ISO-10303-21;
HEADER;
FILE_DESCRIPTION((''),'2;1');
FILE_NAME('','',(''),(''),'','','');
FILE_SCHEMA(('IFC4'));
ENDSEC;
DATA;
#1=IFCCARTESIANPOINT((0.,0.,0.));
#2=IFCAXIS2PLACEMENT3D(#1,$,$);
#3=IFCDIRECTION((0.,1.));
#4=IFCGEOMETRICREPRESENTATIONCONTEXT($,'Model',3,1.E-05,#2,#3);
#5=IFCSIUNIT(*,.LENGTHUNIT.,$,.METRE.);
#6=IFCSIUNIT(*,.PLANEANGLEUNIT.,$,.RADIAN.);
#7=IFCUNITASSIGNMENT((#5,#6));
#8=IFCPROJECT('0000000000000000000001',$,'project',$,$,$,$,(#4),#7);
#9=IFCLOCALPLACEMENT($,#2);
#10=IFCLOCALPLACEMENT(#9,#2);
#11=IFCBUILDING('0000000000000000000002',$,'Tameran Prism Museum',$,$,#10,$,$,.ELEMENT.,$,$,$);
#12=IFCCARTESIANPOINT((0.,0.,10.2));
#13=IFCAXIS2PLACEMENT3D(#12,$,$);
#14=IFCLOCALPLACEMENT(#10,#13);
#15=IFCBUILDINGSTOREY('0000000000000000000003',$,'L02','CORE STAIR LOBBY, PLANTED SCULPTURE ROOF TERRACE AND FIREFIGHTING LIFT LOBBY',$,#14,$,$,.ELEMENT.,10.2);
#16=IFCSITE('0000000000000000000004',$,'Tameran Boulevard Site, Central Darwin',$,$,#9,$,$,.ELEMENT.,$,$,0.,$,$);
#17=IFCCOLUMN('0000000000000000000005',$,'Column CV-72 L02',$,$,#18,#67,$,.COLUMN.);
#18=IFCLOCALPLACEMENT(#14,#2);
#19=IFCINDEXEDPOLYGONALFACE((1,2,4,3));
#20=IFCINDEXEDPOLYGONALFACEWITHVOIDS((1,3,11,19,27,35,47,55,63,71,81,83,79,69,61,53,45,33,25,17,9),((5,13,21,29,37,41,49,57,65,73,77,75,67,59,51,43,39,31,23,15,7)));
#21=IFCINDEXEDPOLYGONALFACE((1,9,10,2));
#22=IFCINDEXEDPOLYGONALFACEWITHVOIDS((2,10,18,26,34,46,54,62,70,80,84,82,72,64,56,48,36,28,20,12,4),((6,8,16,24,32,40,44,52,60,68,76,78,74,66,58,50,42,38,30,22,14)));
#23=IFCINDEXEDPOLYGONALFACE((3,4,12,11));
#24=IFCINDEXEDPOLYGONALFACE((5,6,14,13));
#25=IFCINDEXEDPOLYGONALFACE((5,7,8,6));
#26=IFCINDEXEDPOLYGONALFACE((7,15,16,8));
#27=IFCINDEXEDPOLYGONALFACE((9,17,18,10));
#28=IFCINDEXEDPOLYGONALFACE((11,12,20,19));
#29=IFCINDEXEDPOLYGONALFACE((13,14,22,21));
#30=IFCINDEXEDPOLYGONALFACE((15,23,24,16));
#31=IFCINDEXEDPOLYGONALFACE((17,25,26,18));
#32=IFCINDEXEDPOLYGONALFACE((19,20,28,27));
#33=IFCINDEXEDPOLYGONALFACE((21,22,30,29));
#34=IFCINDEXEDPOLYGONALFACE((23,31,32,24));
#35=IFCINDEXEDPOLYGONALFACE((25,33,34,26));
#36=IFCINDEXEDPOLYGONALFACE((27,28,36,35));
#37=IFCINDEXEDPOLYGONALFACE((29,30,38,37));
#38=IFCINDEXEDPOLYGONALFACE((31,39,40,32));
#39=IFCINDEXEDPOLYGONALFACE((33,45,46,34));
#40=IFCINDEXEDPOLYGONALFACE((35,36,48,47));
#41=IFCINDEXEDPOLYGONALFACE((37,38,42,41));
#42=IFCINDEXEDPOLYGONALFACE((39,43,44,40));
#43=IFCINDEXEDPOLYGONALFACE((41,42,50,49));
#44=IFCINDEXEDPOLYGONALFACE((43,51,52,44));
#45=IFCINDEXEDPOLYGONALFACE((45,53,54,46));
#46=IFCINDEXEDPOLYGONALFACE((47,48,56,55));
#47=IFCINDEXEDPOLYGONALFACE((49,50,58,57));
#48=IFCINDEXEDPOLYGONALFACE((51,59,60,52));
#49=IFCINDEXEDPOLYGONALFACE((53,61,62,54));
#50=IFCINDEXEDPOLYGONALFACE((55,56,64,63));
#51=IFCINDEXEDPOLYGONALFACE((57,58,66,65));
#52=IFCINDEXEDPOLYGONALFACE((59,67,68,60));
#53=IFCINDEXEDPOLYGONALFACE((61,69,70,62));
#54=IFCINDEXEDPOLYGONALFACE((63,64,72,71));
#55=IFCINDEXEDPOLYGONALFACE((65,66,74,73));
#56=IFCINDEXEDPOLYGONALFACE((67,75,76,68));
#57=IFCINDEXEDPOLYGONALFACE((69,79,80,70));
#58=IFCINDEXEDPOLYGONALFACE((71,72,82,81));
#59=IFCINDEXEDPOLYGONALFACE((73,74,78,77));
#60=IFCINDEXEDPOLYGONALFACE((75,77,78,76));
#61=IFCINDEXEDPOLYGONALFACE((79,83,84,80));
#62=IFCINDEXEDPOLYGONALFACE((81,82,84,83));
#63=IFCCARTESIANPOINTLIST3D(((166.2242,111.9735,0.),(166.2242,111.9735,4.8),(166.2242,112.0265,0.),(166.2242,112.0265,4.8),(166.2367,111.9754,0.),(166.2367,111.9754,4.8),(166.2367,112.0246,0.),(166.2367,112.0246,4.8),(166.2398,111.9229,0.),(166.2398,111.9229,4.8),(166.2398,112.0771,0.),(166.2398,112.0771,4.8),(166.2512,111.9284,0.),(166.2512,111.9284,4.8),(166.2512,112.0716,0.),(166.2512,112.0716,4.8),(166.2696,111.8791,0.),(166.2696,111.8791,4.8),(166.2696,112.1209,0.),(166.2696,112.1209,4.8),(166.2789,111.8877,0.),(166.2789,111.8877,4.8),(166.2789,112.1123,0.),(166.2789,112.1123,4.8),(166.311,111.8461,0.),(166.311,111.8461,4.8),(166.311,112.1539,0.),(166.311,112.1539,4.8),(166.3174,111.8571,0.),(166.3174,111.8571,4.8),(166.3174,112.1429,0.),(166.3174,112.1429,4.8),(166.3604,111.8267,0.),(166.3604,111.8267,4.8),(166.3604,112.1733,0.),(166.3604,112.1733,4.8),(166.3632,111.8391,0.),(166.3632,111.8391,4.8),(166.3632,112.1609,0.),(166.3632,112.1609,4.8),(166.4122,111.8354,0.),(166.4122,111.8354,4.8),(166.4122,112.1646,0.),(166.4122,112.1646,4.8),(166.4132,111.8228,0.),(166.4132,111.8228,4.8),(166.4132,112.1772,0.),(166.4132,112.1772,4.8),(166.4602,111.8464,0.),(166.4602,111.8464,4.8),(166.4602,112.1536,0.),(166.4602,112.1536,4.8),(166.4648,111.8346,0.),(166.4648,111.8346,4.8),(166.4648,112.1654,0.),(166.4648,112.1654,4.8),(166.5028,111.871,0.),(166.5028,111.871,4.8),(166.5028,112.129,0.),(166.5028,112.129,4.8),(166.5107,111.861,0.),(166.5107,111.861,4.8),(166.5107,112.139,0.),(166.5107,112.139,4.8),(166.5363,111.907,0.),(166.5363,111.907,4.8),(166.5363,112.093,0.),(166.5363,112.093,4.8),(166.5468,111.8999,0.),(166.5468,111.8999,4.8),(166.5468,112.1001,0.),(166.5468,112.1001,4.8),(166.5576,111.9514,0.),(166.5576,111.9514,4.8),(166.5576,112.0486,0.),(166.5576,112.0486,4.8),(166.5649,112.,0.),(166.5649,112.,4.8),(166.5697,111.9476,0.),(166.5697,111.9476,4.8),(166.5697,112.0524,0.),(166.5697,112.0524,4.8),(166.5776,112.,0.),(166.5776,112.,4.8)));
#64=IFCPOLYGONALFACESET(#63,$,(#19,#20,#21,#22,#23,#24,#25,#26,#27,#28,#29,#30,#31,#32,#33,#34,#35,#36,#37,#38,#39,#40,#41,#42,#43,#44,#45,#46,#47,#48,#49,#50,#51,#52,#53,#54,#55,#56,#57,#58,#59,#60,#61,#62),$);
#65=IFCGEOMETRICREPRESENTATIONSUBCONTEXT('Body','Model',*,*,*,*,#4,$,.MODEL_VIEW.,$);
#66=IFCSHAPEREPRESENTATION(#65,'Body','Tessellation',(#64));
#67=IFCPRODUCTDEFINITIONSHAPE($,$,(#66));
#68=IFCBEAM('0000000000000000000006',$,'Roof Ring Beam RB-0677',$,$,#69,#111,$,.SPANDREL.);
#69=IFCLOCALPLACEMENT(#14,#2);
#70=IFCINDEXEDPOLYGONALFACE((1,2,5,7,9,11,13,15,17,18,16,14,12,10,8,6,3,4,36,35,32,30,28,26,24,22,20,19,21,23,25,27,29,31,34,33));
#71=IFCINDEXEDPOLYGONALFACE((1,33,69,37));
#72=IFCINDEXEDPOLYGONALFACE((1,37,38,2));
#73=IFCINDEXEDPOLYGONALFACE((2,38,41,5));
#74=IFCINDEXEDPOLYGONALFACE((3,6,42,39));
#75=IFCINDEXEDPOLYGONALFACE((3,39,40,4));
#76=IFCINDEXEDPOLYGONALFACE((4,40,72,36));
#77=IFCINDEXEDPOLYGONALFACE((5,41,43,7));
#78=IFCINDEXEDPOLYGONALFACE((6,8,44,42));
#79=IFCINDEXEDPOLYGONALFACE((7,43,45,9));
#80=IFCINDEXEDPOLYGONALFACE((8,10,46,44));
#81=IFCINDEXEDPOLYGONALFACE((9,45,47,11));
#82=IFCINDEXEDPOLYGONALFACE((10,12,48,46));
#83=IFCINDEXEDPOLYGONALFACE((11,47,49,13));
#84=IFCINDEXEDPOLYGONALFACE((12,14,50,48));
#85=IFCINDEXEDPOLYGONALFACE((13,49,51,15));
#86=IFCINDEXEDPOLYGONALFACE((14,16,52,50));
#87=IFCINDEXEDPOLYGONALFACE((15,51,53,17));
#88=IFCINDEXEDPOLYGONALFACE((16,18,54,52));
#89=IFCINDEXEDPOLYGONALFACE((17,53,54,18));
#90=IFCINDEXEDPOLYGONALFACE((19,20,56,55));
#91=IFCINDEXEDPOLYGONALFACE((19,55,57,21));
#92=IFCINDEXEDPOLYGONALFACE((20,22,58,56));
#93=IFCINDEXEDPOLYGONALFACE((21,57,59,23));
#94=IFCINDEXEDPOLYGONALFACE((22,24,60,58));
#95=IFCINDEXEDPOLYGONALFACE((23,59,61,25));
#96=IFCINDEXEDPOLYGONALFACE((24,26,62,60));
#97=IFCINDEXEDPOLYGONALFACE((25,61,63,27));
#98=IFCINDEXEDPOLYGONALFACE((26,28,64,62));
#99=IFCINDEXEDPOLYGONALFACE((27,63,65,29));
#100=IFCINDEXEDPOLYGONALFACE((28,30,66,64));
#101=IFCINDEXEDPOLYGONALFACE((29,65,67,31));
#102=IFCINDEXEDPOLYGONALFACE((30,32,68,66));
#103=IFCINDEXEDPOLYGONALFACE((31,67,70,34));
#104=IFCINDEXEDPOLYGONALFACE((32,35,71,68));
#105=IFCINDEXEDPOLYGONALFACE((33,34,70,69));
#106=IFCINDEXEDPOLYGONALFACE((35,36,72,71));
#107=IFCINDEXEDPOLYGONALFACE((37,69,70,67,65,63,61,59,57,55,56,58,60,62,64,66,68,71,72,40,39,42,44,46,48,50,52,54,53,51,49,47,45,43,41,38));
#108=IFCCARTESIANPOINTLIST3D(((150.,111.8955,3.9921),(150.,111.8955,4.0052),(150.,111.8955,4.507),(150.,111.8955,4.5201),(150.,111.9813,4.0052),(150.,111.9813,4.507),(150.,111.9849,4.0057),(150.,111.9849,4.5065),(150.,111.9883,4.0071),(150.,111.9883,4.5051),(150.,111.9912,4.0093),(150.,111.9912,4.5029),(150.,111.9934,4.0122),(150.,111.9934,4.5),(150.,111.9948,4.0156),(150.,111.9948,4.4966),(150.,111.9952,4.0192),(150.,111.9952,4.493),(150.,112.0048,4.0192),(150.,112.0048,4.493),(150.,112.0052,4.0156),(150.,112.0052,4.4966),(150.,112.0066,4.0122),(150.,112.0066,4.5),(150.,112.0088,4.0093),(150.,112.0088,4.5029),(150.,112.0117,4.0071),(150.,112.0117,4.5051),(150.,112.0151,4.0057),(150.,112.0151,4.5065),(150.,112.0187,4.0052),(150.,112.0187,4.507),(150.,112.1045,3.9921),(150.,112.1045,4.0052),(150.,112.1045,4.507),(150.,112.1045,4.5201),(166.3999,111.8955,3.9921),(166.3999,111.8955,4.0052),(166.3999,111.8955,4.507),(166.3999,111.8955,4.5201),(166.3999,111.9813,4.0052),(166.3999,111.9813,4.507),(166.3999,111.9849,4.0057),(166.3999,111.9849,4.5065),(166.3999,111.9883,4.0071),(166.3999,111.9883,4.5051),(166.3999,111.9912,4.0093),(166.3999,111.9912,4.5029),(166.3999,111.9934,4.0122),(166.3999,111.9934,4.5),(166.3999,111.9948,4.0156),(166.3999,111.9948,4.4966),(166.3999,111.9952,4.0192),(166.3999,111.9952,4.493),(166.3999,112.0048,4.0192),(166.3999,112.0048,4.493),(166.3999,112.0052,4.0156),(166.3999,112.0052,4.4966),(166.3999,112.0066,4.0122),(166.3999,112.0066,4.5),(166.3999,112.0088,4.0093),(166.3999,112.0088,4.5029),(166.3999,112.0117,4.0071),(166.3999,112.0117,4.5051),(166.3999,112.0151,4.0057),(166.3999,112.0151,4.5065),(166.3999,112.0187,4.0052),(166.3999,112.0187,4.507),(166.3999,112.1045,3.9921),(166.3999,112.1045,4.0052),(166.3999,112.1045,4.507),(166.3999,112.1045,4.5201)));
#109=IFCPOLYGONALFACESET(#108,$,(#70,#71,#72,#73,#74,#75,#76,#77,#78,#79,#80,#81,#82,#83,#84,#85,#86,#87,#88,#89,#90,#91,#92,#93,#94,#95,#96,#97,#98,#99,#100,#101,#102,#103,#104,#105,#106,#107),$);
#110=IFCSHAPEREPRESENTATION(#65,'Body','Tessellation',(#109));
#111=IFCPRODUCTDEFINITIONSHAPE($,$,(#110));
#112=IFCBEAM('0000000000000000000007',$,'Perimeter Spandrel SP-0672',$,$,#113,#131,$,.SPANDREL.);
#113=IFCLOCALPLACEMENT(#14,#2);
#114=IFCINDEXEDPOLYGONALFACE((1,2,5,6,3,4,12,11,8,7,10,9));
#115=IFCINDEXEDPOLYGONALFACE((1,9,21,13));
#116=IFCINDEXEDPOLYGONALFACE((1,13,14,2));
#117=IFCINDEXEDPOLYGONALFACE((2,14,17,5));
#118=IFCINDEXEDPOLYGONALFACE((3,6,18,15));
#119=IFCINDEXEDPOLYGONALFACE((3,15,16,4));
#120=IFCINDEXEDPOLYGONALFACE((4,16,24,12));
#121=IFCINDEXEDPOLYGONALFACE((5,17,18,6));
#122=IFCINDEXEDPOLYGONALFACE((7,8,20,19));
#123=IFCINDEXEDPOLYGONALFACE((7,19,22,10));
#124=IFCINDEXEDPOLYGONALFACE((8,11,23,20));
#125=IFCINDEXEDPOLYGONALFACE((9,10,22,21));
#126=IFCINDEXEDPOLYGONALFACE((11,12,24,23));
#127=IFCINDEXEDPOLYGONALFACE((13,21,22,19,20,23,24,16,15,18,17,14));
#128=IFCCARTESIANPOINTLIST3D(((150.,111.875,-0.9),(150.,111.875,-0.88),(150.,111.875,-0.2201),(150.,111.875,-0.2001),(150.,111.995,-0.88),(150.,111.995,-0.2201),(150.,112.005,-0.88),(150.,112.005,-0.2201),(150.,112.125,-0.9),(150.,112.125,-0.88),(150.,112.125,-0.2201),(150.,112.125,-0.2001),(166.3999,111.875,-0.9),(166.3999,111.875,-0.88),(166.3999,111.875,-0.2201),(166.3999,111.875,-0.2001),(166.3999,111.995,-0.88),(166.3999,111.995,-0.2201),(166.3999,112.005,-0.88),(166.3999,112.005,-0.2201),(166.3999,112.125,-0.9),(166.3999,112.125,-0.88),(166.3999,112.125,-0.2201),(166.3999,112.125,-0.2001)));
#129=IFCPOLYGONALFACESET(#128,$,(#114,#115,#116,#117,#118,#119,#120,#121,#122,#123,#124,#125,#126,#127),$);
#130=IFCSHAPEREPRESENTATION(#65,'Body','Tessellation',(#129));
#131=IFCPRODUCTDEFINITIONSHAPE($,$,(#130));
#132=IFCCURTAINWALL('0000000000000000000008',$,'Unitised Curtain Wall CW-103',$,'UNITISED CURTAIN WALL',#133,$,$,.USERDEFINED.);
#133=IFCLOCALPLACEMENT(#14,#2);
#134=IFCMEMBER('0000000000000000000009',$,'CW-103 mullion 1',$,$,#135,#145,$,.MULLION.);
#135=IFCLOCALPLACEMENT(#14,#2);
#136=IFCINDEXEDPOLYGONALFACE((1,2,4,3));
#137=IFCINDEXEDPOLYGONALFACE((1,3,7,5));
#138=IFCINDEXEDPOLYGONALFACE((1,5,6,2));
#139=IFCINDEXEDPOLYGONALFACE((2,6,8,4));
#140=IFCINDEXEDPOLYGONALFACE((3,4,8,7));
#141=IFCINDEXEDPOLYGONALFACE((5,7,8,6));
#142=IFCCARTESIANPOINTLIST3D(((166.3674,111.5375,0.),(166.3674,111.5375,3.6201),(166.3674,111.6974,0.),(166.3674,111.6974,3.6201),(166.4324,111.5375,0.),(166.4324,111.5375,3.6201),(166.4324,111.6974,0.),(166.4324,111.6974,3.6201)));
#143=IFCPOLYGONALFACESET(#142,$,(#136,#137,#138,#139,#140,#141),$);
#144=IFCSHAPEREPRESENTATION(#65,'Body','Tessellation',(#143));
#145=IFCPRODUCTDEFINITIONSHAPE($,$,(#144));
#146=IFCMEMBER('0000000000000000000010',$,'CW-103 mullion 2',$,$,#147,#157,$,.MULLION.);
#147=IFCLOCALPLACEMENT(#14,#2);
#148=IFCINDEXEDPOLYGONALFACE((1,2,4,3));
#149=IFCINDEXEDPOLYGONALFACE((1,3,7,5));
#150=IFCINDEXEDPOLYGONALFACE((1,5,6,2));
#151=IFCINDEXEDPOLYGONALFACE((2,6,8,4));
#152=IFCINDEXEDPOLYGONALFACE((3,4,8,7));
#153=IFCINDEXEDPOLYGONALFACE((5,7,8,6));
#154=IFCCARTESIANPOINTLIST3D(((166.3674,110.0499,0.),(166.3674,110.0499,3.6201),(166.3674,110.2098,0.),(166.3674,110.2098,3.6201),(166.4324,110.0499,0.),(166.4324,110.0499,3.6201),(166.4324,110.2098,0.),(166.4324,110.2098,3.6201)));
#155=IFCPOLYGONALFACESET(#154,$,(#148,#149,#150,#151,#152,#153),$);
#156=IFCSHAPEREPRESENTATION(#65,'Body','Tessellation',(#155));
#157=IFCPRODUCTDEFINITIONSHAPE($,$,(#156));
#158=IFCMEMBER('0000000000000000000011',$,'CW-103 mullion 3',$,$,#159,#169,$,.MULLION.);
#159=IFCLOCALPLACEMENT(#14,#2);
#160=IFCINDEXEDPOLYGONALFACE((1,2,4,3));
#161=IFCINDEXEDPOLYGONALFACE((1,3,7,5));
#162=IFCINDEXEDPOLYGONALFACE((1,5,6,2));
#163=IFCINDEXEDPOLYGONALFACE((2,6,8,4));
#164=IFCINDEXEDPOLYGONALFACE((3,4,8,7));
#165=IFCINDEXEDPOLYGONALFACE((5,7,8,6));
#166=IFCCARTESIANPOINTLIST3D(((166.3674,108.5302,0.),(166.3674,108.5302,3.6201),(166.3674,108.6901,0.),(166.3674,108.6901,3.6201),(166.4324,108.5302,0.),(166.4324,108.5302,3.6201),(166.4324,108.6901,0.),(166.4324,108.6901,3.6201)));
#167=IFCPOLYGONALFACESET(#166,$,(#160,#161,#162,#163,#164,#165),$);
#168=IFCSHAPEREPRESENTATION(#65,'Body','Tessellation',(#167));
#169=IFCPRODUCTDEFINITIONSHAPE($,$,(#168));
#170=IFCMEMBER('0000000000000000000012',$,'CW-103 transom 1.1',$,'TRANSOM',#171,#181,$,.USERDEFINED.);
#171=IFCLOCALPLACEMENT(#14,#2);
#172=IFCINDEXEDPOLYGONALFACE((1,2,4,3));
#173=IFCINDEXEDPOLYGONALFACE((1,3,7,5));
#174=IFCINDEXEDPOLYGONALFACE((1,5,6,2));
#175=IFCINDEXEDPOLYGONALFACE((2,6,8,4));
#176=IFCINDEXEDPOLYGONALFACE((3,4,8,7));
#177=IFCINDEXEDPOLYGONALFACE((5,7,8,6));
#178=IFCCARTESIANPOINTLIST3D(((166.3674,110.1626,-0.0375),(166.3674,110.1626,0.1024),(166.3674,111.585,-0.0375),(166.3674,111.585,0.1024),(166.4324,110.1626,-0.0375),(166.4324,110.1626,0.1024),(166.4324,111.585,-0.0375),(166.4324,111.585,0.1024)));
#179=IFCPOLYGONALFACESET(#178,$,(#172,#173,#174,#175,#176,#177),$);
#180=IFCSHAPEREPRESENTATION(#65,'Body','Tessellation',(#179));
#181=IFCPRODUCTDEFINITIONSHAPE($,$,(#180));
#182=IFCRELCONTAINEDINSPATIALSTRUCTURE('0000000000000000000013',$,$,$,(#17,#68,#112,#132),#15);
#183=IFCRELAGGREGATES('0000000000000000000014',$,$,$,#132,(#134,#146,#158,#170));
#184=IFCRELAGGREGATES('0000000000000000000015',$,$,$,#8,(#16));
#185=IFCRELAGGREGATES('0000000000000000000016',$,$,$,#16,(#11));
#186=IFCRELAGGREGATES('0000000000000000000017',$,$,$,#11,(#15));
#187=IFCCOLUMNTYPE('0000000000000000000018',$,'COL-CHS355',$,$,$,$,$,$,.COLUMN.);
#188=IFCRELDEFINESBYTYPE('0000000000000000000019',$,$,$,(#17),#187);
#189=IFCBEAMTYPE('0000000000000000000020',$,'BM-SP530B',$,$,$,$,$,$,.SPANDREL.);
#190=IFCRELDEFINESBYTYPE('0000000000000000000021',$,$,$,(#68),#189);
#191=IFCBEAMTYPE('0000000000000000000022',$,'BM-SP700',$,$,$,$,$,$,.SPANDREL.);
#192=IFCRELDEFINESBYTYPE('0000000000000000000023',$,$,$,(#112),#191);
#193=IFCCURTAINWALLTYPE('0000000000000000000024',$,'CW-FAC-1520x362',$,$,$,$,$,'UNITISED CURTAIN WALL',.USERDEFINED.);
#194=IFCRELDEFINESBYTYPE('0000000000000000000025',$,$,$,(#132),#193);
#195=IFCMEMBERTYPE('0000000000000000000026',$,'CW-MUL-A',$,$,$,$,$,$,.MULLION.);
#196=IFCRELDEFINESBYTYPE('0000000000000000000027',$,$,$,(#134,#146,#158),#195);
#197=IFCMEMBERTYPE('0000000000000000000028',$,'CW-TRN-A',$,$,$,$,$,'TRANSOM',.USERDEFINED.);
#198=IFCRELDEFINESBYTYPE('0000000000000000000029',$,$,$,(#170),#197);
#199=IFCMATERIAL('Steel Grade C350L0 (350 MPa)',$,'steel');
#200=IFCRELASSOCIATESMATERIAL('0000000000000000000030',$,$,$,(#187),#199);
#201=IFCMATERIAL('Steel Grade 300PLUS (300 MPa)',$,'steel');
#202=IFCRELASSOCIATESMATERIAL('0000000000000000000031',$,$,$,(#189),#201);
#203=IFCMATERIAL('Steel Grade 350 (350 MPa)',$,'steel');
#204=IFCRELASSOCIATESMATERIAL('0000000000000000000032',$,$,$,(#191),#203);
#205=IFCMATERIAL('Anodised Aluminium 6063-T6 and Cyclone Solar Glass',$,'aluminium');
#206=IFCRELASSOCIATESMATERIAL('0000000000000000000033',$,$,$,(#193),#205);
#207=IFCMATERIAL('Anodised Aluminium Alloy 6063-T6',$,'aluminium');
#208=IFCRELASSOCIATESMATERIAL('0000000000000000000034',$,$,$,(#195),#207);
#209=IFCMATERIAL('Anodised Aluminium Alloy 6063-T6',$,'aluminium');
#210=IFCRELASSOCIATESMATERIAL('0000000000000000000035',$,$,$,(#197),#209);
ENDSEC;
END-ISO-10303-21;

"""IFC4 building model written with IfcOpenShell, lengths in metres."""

from ifc_helpers import new_model, si_unit, direction, frame, origin, origin_2d, place, context, subcontext, project, spatial, rectangle, hollow_circle, i_section, extrude, material, material_profile, profile_set, type_object, element, aggregate, save


model = new_model("IFC4")

# Units and contexts
model_context = context("Model", 3, precision=1e-05, world=origin(), true_north=direction((0.0, 1.0)))
body_context = subcontext(model_context, "Body", "Model", "MODEL_VIEW")
ifc_project = project(units=[si_unit("LENGTHUNIT", "METRE"), si_unit("PLANEANGLEUNIT", "RADIAN")], contexts=[model_context])

# Site, building, storey
site_placement = place(None, origin())
site = spatial("IfcSite", under=ifc_project, at=site_placement, Name="Tameran Boulevard Site, Central Darwin", CompositionType="ELEMENT", RefElevation=0.0)
building_placement = place(site_placement, origin())
building = spatial("IfcBuilding", under=site, at=building_placement, Name="Tameran Prism Museum", CompositionType="ELEMENT")
storey_placement = place(building_placement, frame((0.0, 0.0, 10.2)))
storey = spatial("IfcBuildingStorey", under=building, at=storey_placement, Name="L02", Description="CORE STAIR LOBBY, PLANTED SCULPTURE ROOF TERRACE AND FIREFIGHTING LIFT LOBBY", CompositionType="ELEMENT", Elevation=10.2)

# Column
ifc_material_1 = material(Name="Steel Grade C350L0 (350 MPa)", Category="steel")
ifc_material_profile_1 = material_profile(ifc_material_1, hollow_circle(Radius=0.1777, WallThickness=0.0127, at=origin_2d()))
ifc_profile_set_1 = profile_set([ifc_material_profile_1])
column_type = type_object("IfcColumnType", Name="COL-CHS355", PredefinedType="COLUMN", material=ifc_profile_set_1)
column_placement = place(storey_placement, frame((166.3999, 112.0, 0.0), z_axis=(0.0, 0.0, 1.0), x_axis=(1.0, 0.0, 0.0)))
element("IfcColumn", 1, at=column_placement, inside=storey, type_object=column_type, Name="Column CV-72 L02", PredefinedType="COLUMN", context=body_context, shape_type="SweptSolid", body=[
    extrude(hollow_circle(Radius=0.1777, WallThickness=0.0127, at=origin_2d()), origin(), (0.0, 0.0, 1.0), 4.8),
])

# Beams
ifc_material_2 = material(Name="Steel Grade 300PLUS (300 MPa)", Category="steel")
ifc_material_profile_2 = material_profile(ifc_material_2, i_section(OverallWidth=0.209, OverallDepth=0.5281, WebThickness=0.0095, FlangeThickness=0.0132, FilletRadius=0.0139, at=origin_2d()))
ifc_profile_set_2 = profile_set([ifc_material_profile_2])
beam_type_1 = type_object("IfcBeamType", Name="BM-SP530B", PredefinedType="SPANDREL", material=ifc_profile_set_2)
beam_1_placement = place(storey_placement, frame((166.3999, 112.0, 4.2561), z_axis=(-1.0, 0.0, 0.0), x_axis=(0.0, -1.0, 0.0)))
element("IfcBeam", 2, at=beam_1_placement, inside=storey, type_object=beam_type_1, Name="Roof Ring Beam RB-0677", PredefinedType="SPANDREL", context=body_context, shape_type="SweptSolid", body=[
    extrude(i_section(OverallWidth=0.209, OverallDepth=0.5281, WebThickness=0.0095, FlangeThickness=0.0132, FilletRadius=0.0139, at=origin_2d()), origin(), (0.0, 0.0, 1.0), 16.3999),
])
ifc_material_3 = material(Name="Steel Grade 350 (350 MPa)", Category="steel")
ifc_material_profile_3 = material_profile(ifc_material_3, i_section(OverallWidth=0.25, OverallDepth=0.7, WebThickness=0.01, FlangeThickness=0.02, at=origin_2d()))
ifc_profile_set_3 = profile_set([ifc_material_profile_3])
beam_type_2 = type_object("IfcBeamType", Name="BM-SP700", PredefinedType="SPANDREL", material=ifc_profile_set_3)
beam_2_placement = place(storey_placement, frame((166.3999, 112.0, -0.55), z_axis=(-1.0, 0.0, 0.0), x_axis=(0.0, -1.0, 0.0)))
element("IfcBeam", 3, at=beam_2_placement, inside=storey, type_object=beam_type_2, Name="Perimeter Spandrel SP-0672", PredefinedType="SPANDREL", context=body_context, shape_type="SweptSolid", body=[
    extrude(i_section(OverallWidth=0.25, OverallDepth=0.7, WebThickness=0.01, FlangeThickness=0.02, at=origin_2d()), origin(), (0.0, 0.0, 1.0), 16.3999),
])

# Curtain wall, members
ifc_material_4 = material(Name="Anodised Aluminium 6063-T6 and Cyclone Solar Glass", Category="aluminium")
curtain_wall_type = type_object("IfcCurtainWallType", Name="CW-FAC-1520x362", ElementType="UNITISED CURTAIN WALL", PredefinedType="USERDEFINED", material=ifc_material_4)
curtain_wall_placement = place(storey_placement, origin())
curtain_wall = element("IfcCurtainWall", 4, at=curtain_wall_placement, inside=storey, type_object=curtain_wall_type, Name="Unitised Curtain Wall CW-103", ObjectType="UNITISED CURTAIN WALL", PredefinedType="USERDEFINED")
ifc_material_5 = material(Name="Anodised Aluminium Alloy 6063-T6", Category="aluminium")
ifc_material_profile_4 = material_profile(ifc_material_5, rectangle(XDim=0.0649, YDim=0.1599, at=origin_2d()))
ifc_profile_set_4 = profile_set([ifc_material_profile_4])
member_type_1 = type_object("IfcMemberType", Name="CW-MUL-A", PredefinedType="MULLION", material=ifc_profile_set_4)
member_1_placement = place(storey_placement, frame((166.3999, 111.6174, 0.0), z_axis=(0.0, 0.0, 1.0), x_axis=(1.0, 0.0, 0.0)))
member_1 = element("IfcMember", 5, at=member_1_placement, type_object=member_type_1, Name="CW-103 mullion 1", PredefinedType="MULLION", context=body_context, shape_type="SweptSolid", body=[
    extrude(rectangle(XDim=0.0649, YDim=0.1599, at=origin_2d()), origin(), (0.0, 0.0, 1.0), 3.6201),
])
member_2_placement = place(storey_placement, frame((166.3999, 110.1299, 0.0), z_axis=(0.0, 0.0, 1.0), x_axis=(1.0, 0.0, 0.0)))
member_2 = element("IfcMember", 6, at=member_2_placement, type_object=member_type_1, Name="CW-103 mullion 2", PredefinedType="MULLION", context=body_context, shape_type="SweptSolid", body=[
    extrude(rectangle(XDim=0.0649, YDim=0.1599, at=origin_2d()), origin(), (0.0, 0.0, 1.0), 3.6201),
])
member_3_placement = place(storey_placement, frame((166.3999, 108.6101, 0.0), z_axis=(0.0, 0.0, 1.0), x_axis=(1.0, 0.0, 0.0)))
member_3 = element("IfcMember", 7, at=member_3_placement, type_object=member_type_1, Name="CW-103 mullion 3", PredefinedType="MULLION", context=body_context, shape_type="SweptSolid", body=[
    extrude(rectangle(XDim=0.0649, YDim=0.1599, at=origin_2d()), origin(), (0.0, 0.0, 1.0), 3.6201),
])
ifc_material_6 = material(Name="Anodised Aluminium Alloy 6063-T6", Category="aluminium")
ifc_material_profile_5 = material_profile(ifc_material_6, rectangle(XDim=0.0649, YDim=0.1399, at=origin_2d()))
ifc_profile_set_5 = profile_set([ifc_material_profile_5])
member_type_2 = type_object("IfcMemberType", Name="CW-TRN-A", ElementType="TRANSOM", PredefinedType="USERDEFINED", material=ifc_profile_set_5)
member_4_placement = place(storey_placement, frame((166.3999, 111.585, 0.0325), z_axis=(0.0, -1.0, 0.0), x_axis=(1.0, 0.0, 0.0)))
member_4 = element("IfcMember", 8, at=member_4_placement, type_object=member_type_2, Name="CW-103 transom 1.1", ObjectType="TRANSOM", PredefinedType="USERDEFINED", context=body_context, shape_type="SweptSolid", body=[
    extrude(rectangle(XDim=0.0649, YDim=0.1399, at=origin_2d()), origin(), (0.0, 0.0, 1.0), 1.4224),
])
aggregate(curtain_wall, [member_1, member_2, member_3, member_4])

save(model, "model.ifc")
